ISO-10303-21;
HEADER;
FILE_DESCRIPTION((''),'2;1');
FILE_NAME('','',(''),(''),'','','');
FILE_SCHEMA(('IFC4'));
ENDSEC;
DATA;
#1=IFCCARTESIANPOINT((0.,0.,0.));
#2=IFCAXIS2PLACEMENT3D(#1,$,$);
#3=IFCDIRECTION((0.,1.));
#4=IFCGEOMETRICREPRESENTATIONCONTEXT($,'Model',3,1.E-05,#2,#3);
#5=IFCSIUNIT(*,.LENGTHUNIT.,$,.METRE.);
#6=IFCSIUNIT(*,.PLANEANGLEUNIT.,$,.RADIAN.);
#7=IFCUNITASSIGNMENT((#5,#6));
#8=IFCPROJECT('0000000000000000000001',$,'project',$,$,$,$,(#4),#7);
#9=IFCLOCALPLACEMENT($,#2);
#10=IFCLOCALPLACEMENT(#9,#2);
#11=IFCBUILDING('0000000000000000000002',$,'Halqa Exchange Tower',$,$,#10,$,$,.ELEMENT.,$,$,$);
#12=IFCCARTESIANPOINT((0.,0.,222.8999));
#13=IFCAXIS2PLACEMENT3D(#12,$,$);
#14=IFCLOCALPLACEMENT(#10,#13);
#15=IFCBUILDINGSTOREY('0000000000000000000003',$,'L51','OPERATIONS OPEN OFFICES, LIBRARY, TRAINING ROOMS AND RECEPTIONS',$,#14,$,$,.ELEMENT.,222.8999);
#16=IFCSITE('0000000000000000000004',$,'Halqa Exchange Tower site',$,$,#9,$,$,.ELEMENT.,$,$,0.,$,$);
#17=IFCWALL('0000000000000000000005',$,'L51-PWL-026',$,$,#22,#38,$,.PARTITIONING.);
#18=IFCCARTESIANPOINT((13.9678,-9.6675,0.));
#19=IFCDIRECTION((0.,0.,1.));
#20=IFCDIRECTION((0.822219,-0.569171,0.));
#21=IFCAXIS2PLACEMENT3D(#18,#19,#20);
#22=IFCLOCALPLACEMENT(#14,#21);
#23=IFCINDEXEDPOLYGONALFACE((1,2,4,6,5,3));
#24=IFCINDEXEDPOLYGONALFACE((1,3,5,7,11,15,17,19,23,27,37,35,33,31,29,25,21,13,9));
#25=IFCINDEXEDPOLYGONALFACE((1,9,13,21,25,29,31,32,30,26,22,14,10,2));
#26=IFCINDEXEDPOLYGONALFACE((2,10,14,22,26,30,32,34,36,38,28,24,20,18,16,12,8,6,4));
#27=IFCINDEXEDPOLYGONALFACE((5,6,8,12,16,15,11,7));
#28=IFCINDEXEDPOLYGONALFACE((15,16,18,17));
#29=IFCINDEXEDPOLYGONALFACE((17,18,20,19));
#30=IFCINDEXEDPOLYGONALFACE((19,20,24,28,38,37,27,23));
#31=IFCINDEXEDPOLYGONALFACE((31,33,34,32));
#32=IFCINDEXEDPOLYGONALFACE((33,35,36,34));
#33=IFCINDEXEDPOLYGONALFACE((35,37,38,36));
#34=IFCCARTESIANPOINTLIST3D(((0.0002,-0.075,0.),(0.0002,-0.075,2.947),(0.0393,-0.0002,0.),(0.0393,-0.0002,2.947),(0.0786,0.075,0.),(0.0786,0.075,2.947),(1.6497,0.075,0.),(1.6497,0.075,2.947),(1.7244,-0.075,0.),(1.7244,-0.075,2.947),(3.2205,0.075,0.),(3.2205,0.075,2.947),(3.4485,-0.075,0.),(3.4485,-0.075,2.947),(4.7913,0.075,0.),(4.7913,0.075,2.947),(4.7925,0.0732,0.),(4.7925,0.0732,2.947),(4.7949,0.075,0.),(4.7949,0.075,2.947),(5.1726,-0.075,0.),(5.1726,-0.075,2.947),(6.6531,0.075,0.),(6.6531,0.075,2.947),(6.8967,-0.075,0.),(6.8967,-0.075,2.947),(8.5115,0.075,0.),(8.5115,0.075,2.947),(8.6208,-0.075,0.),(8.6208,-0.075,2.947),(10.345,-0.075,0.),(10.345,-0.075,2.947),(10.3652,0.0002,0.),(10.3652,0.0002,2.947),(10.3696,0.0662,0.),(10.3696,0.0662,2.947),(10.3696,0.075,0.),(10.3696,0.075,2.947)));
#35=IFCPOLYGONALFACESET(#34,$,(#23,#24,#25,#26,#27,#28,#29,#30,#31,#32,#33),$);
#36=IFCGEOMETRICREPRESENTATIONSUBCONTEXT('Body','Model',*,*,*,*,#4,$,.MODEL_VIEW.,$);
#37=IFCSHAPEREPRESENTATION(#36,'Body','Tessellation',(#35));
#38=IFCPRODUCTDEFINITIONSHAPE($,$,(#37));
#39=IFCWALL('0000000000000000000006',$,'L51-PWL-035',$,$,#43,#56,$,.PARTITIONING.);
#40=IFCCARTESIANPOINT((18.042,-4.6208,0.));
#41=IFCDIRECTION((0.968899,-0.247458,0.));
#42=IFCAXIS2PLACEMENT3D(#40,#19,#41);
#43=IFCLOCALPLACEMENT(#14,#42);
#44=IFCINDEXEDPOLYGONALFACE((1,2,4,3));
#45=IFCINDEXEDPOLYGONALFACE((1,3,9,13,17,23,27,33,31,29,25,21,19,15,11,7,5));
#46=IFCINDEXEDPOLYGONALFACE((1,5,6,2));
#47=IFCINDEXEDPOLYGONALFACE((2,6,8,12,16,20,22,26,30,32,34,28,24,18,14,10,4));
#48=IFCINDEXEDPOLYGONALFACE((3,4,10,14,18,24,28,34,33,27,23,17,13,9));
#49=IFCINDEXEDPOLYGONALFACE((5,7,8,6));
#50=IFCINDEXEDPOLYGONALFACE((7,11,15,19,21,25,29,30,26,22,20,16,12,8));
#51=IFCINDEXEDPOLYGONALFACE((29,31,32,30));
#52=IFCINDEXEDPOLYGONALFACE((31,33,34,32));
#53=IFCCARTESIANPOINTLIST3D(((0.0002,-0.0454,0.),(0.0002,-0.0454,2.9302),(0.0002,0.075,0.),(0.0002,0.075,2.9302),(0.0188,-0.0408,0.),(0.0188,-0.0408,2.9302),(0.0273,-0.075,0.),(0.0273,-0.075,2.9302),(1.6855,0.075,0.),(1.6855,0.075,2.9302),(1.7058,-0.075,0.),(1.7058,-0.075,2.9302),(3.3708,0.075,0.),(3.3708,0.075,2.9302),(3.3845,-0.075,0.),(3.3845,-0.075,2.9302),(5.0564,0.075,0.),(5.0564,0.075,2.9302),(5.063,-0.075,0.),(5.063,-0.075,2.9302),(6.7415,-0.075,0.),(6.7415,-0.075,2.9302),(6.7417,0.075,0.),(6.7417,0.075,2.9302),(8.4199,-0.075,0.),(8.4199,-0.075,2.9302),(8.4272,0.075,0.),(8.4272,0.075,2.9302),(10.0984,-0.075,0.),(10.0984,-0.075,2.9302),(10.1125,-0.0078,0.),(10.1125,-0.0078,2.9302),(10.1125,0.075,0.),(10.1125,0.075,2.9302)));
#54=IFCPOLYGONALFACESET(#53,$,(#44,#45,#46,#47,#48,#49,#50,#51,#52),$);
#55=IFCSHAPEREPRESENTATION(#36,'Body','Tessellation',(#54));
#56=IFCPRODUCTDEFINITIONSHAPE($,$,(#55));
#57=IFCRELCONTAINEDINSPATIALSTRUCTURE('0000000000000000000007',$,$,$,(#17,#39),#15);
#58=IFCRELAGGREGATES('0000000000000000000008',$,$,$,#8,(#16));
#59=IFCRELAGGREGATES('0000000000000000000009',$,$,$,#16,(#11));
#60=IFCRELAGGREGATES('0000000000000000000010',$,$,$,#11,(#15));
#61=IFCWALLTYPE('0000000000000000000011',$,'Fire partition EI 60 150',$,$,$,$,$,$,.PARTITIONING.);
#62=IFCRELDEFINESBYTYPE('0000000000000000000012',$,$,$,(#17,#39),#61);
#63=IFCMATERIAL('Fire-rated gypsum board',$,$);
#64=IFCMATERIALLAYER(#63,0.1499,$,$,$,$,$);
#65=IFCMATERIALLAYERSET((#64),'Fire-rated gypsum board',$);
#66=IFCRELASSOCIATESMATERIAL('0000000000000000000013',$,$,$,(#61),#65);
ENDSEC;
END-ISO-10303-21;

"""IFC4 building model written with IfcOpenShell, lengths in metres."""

from ifc_helpers import new_model, si_unit, direction, frame, origin, place, context, subcontext, project, spatial, polyline, outline, extrude, material, layer, layer_set, type_object, element, save


model = new_model("IFC4")

# Units and contexts
model_context = context("Model", 3, precision=1e-05, world=origin(), true_north=direction((0.0, 1.0)))
body_context = subcontext(model_context, "Body", "Model", "MODEL_VIEW")
ifc_project = project(units=[si_unit("LENGTHUNIT", "METRE"), si_unit("PLANEANGLEUNIT", "RADIAN")], contexts=[model_context])

# Site, building, storey
site_placement = place(None, origin())
site = spatial("IfcSite", under=ifc_project, at=site_placement, Name="Halqa Exchange Tower site", CompositionType="ELEMENT", RefElevation=0.0)
building_placement = place(site_placement, origin())
building = spatial("IfcBuilding", under=site, at=building_placement, Name="Halqa Exchange Tower", CompositionType="ELEMENT")
storey_placement = place(building_placement, frame((0.0, 0.0, 222.8999)))
storey = spatial("IfcBuildingStorey", under=building, at=storey_placement, Name="L51", Description="OPERATIONS OPEN OFFICES, LIBRARY, TRAINING ROOMS AND RECEPTIONS", CompositionType="ELEMENT", Elevation=222.8999)

# Wall
ifc_material_1 = material(Name="Fire-rated gypsum board")
ifc_layer_1 = layer(ifc_material_1, 0.1499)
ifc_layer_set_1 = layer_set([ifc_layer_1], Name="Fire-rated gypsum board")
wall_type_1 = type_object("IfcWallType", Name="Fire partition EI 60 150", PredefinedType="PARTITIONING", material=ifc_layer_set_1)
wall_1_placement = place(storey_placement, frame((13.9678, -9.6675, 0.0), z_axis=(0.0, 0.0, 1.0), x_axis=(0.822219, -0.569171, 0.0)))
element("IfcWall", 1, at=wall_1_placement, inside=storey, type_object=wall_type_1, Name="L51-PWL-026", PredefinedType="PARTITIONING", context=body_context, shape_type="SweptSolid", body=[
    extrude(outline(polyline([(0.0002, -0.075), (1.7244, -0.075), (3.4485, -0.075), (5.1726, -0.075), (6.8967, -0.075), (8.6208, -0.075), (10.345, -0.075), (10.3652, 0.0002), (10.3696, 0.0662), (10.3696, 0.075), (8.5115, 0.075), (6.6531, 0.075), (4.7949, 0.075), (4.7925, 0.0732), (4.7913, 0.075), (3.2205, 0.075), (1.6497, 0.075), (0.0786, 0.075), (0.0393, -0.0002), (0.0002, -0.075)])), origin(), (0.0, 0.0, 1.0), 2.947),
])

# Wall
wall_2_placement = place(storey_placement, frame((18.042, -4.6208, 0.0), z_axis=(0.0, 0.0, 1.0), x_axis=(0.968899, -0.247458, 0.0)))
element("IfcWall", 2, at=wall_2_placement, inside=storey, type_object=wall_type_1, Name="L51-PWL-035", PredefinedType="PARTITIONING", context=body_context, shape_type="SweptSolid", body=[
    extrude(outline(polyline([(0.0273, -0.075), (1.7058, -0.075), (3.3845, -0.075), (5.063, -0.075), (6.7415, -0.075), (8.4199, -0.075), (10.0984, -0.075), (10.1125, -0.0078), (10.1125, 0.075), (8.4272, 0.075), (6.7417, 0.075), (5.0564, 0.075), (3.3708, 0.075), (1.6855, 0.075), (0.0002, 0.075), (0.0002, -0.0454), (0.0188, -0.0408), (0.0273, -0.075)])), origin(), (0.0, 0.0, 1.0), 2.9302),
])

save(model, "model.ifc")
